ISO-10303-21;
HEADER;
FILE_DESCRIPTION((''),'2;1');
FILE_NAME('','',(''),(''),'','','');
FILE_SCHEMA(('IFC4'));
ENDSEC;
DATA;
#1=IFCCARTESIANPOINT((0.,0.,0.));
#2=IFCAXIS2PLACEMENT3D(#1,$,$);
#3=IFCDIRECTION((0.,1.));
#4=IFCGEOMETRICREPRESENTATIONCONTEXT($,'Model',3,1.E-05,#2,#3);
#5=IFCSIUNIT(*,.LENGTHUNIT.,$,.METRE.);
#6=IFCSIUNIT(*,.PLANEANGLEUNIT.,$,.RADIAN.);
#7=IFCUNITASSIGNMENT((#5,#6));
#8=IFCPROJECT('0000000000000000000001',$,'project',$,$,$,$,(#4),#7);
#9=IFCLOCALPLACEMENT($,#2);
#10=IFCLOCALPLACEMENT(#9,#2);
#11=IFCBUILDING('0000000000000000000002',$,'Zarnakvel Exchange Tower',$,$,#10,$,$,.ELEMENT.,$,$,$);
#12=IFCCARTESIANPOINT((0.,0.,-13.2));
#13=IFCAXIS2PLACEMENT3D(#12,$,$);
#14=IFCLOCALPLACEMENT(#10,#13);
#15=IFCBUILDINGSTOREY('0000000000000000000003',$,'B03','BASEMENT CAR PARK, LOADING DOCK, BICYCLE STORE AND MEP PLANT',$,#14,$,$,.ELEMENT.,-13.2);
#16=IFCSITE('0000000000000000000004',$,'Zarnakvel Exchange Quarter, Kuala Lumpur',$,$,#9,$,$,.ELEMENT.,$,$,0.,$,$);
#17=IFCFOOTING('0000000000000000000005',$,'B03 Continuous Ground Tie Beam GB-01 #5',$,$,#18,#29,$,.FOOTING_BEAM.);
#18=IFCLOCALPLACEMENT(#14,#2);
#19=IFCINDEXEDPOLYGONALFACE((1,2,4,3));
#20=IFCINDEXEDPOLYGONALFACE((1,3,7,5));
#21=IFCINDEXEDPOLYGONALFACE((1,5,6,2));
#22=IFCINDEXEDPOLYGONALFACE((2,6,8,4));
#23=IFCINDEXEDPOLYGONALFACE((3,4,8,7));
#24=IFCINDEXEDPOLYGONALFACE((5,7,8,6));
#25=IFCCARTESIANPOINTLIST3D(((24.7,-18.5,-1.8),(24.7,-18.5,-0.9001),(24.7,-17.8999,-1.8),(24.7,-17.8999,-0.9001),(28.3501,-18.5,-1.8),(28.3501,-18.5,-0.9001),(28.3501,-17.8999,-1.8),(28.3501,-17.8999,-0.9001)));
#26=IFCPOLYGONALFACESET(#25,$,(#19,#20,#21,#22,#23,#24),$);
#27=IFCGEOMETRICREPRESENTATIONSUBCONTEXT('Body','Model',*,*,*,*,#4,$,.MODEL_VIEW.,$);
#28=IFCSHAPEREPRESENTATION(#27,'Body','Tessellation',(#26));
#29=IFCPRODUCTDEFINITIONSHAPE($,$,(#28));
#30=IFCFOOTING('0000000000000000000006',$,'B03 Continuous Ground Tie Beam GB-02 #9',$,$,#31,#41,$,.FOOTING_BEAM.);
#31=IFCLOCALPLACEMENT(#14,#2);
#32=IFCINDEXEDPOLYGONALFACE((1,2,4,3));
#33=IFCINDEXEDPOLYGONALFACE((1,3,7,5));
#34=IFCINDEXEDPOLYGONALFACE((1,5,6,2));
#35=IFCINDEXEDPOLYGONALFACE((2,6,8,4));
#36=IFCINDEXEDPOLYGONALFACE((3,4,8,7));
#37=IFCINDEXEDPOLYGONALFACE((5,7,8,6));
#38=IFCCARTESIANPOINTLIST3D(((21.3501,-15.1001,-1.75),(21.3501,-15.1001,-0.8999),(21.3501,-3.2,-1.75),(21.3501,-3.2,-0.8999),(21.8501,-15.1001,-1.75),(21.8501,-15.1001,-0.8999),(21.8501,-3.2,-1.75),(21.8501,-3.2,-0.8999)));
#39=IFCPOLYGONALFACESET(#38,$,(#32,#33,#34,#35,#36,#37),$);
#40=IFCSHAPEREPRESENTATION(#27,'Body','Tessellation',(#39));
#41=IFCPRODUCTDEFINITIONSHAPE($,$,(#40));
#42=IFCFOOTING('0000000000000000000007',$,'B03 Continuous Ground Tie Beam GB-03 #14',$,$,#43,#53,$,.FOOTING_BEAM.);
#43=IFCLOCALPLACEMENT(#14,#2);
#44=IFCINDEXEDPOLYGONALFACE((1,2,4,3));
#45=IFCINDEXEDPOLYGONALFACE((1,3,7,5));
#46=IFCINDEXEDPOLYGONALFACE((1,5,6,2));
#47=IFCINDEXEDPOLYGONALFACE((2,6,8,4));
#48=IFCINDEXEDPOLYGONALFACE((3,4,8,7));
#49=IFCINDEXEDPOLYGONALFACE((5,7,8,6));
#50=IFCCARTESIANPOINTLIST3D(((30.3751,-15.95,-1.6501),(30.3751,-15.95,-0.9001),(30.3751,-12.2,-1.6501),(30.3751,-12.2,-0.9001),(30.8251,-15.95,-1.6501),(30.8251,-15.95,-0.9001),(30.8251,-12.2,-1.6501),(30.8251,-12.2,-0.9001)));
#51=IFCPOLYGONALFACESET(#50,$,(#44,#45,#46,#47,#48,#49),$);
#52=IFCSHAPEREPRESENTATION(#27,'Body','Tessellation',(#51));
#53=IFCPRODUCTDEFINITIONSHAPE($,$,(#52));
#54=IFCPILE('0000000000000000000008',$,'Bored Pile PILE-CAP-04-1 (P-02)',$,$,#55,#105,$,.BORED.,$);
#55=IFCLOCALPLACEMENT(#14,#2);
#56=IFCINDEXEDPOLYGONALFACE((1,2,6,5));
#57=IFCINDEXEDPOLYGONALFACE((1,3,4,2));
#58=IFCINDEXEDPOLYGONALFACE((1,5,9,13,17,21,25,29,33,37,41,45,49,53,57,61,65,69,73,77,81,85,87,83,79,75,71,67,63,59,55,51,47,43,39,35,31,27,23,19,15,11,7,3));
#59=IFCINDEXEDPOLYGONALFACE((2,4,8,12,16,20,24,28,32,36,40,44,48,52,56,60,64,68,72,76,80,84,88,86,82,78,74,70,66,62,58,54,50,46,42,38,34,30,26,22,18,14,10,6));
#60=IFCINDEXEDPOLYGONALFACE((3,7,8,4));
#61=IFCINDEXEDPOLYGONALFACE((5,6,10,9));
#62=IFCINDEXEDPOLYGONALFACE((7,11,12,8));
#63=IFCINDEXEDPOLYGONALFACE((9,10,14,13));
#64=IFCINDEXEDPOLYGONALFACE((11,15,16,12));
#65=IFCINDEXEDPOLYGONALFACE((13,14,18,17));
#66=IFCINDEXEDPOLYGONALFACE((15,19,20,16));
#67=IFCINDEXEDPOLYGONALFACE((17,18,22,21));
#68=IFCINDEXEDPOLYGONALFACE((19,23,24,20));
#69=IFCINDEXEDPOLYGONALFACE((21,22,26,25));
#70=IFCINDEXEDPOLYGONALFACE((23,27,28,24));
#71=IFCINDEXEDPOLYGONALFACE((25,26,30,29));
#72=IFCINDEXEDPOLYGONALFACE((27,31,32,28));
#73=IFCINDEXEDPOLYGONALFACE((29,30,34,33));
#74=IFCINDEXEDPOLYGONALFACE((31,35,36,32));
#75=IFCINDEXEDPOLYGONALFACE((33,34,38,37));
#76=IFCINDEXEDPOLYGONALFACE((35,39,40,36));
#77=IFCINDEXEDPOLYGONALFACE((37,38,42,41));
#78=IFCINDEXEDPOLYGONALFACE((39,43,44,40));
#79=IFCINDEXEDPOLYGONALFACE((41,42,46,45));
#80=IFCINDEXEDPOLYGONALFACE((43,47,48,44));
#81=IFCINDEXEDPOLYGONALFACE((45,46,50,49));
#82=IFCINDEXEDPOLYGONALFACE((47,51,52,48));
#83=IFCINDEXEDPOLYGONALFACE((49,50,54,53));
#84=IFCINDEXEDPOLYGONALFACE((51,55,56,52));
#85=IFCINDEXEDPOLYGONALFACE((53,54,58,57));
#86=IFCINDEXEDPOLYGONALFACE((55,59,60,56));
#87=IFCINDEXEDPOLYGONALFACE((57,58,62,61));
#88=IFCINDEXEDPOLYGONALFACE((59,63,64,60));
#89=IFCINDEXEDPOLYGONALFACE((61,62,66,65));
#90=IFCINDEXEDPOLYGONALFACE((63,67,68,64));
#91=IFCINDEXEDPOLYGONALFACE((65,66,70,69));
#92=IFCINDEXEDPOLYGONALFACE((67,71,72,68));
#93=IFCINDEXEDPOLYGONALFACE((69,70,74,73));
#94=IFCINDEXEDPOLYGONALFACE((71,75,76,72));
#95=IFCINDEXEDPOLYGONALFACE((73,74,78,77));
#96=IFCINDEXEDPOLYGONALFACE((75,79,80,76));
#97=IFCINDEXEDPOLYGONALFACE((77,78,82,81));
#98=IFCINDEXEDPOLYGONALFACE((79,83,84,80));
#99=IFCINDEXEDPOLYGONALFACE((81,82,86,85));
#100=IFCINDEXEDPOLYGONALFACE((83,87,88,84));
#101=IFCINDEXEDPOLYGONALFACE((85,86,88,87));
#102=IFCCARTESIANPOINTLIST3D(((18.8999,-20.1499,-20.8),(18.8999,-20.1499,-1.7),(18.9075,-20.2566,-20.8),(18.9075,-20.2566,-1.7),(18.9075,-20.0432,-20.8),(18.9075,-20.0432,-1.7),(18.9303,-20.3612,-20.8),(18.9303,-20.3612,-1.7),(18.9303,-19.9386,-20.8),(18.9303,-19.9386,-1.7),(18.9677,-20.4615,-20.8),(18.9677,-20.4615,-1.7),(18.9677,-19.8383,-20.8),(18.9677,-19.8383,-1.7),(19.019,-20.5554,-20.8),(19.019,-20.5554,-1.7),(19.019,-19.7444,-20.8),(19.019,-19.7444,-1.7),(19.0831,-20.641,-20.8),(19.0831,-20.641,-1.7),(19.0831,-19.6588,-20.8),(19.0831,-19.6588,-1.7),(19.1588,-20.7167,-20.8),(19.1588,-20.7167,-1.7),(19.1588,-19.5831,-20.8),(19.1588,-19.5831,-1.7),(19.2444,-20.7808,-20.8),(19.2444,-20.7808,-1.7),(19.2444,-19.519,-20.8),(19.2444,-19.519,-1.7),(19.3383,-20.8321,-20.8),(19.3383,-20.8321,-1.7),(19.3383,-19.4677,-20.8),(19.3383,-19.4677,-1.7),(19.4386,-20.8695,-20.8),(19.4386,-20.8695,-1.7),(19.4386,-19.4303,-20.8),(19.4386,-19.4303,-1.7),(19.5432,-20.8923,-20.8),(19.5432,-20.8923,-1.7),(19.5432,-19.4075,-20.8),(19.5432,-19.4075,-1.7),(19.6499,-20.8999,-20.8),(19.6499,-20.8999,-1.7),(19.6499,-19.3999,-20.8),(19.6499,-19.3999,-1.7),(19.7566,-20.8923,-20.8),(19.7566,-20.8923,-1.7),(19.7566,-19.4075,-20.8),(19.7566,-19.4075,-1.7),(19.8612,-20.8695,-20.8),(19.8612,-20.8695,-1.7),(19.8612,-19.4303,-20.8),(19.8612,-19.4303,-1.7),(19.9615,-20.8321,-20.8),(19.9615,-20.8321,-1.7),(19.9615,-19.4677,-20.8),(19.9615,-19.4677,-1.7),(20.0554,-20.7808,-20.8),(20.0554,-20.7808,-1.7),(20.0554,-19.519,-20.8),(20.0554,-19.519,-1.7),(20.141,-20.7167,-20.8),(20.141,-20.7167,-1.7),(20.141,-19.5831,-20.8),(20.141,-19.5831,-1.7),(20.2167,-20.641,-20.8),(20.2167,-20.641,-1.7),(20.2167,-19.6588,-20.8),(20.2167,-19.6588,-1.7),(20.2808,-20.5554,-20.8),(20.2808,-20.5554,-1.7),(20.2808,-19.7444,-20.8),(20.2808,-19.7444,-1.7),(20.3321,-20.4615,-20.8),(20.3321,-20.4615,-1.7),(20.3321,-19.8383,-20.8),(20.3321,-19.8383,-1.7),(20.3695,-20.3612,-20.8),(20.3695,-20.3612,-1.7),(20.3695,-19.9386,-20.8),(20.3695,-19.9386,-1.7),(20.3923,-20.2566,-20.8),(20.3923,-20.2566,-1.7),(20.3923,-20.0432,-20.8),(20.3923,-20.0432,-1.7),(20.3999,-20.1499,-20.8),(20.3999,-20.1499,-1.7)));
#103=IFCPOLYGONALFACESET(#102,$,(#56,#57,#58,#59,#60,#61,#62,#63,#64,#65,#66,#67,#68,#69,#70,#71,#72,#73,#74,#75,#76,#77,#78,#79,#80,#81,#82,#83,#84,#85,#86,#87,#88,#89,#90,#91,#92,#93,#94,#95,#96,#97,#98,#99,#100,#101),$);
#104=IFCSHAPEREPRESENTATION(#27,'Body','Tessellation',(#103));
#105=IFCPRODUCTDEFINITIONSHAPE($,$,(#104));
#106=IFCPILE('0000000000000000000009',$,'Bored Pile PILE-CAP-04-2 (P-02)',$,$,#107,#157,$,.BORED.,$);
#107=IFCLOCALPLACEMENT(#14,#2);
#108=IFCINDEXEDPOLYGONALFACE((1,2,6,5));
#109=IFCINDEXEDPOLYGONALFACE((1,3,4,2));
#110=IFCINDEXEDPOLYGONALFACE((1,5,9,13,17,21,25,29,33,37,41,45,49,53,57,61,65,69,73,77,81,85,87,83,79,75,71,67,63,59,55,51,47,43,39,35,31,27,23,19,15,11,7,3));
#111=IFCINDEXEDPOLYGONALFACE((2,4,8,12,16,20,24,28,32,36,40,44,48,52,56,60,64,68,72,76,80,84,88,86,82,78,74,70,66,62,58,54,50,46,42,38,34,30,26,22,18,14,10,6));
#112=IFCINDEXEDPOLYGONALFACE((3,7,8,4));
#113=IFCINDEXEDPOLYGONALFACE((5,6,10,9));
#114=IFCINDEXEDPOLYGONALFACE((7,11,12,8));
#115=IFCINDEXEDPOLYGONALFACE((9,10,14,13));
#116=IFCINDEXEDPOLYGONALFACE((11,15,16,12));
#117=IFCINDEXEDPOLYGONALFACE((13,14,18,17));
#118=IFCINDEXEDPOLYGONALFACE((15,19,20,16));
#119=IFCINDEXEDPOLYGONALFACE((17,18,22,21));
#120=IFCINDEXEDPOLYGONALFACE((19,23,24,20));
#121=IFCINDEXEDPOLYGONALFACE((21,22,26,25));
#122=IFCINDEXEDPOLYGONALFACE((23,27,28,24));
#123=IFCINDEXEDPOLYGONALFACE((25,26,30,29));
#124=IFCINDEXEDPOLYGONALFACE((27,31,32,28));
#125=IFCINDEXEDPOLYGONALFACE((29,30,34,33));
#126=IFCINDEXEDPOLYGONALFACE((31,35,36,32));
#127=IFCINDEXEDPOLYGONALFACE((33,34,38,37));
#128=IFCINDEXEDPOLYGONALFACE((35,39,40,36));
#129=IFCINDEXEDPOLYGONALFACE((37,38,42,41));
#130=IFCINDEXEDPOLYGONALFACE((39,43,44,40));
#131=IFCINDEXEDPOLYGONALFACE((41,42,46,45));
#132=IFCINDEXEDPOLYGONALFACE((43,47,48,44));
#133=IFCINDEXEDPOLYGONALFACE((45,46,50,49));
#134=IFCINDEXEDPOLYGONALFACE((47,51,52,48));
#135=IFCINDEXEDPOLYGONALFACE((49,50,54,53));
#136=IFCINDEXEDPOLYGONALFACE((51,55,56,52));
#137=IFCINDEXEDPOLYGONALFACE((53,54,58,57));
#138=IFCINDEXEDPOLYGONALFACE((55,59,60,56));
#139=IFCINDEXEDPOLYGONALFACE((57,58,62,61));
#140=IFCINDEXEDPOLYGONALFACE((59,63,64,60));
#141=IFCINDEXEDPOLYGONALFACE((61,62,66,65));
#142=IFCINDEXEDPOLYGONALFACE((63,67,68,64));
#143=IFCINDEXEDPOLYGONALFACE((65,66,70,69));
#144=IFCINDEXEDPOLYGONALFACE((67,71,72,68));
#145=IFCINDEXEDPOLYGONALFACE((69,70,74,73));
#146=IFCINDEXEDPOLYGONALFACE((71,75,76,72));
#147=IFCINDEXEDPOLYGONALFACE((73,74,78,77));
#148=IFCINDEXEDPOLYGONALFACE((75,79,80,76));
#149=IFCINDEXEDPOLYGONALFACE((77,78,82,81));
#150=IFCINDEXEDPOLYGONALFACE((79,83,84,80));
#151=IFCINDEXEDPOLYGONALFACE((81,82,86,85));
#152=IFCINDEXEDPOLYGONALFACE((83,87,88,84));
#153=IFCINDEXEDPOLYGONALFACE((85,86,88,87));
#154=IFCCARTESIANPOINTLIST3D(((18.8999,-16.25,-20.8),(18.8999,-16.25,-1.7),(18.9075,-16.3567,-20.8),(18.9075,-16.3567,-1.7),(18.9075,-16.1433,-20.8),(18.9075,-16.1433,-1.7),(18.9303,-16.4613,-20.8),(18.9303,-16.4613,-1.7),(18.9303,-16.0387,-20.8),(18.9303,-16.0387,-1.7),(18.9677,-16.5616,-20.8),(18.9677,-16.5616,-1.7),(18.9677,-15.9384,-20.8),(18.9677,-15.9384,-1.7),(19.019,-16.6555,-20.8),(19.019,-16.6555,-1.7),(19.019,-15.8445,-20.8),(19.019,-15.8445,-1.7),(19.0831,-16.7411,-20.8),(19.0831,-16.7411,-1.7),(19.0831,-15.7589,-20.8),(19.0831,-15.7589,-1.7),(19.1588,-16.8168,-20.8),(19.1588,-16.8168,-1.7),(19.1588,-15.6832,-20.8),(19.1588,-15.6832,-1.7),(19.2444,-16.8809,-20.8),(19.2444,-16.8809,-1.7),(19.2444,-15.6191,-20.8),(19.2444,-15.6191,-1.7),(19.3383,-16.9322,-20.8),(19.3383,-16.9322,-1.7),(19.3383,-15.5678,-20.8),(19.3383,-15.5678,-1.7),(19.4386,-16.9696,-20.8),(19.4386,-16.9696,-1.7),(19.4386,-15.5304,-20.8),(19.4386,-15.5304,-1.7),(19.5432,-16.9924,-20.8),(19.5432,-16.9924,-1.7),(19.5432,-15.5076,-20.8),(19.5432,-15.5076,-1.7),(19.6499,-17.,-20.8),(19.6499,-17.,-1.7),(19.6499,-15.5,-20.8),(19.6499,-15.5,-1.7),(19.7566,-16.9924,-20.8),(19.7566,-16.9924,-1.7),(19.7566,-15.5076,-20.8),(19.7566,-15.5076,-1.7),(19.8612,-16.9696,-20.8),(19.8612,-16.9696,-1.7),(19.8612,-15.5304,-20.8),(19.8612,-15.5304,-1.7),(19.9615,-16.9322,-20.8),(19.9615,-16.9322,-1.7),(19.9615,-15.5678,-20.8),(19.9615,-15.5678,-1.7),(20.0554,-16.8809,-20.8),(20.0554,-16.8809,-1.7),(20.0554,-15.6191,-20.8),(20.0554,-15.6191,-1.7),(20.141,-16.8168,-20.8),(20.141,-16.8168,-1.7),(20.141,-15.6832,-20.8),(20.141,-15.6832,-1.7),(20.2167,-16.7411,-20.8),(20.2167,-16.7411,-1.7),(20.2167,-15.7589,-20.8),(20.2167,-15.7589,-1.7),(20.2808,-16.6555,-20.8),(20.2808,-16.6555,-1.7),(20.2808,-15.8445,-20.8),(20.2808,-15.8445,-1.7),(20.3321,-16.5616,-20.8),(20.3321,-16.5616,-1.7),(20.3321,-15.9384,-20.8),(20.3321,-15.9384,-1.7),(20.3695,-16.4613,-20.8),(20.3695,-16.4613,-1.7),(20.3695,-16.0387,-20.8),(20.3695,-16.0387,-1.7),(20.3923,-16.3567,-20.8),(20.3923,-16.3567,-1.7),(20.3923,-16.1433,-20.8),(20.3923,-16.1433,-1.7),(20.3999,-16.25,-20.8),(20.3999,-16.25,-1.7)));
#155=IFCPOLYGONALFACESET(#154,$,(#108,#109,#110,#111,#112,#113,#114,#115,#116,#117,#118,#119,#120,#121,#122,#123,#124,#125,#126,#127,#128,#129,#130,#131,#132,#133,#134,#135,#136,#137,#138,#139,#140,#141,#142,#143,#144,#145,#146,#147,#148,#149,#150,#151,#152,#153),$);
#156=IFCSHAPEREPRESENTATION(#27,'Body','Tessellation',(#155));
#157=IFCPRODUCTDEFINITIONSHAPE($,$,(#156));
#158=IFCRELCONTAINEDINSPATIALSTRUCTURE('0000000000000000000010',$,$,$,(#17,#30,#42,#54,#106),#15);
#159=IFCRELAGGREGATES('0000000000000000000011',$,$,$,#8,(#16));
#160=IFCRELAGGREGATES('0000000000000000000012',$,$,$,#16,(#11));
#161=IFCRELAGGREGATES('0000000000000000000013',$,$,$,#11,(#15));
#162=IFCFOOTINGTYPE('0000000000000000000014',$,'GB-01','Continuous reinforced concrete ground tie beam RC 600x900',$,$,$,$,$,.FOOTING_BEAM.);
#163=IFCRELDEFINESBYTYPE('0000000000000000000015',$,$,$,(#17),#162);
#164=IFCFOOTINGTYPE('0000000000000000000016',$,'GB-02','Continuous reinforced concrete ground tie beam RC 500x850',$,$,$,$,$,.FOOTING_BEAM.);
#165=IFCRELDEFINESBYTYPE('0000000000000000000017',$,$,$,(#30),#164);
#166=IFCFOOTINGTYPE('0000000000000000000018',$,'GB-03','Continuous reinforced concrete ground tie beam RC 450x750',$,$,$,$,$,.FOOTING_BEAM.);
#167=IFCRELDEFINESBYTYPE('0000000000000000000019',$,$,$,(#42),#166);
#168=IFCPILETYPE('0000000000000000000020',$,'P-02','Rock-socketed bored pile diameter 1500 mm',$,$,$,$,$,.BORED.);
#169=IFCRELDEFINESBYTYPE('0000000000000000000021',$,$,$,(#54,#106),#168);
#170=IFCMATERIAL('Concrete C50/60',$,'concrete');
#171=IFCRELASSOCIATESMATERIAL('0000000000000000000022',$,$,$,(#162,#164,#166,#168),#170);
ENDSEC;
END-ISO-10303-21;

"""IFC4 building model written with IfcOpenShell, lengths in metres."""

from ifc_helpers import new_model, si_unit, direction, frame, origin, origin_2d, place, context, subcontext, project, spatial, rectangle, circle, extrude, material, material_profile, profile_set, type_object, element, save


model = new_model("IFC4")

# Units and contexts
model_context = context("Model", 3, precision=1e-05, world=origin(), true_north=direction((0.0, 1.0)))
body_context = subcontext(model_context, "Body", "Model", "MODEL_VIEW")
ifc_project = project(units=[si_unit("LENGTHUNIT", "METRE"), si_unit("PLANEANGLEUNIT", "RADIAN")], contexts=[model_context])

# Site, building, storey
site_placement = place(None, origin())
site = spatial("IfcSite", under=ifc_project, at=site_placement, Name="Zarnakvel Exchange Quarter, Kuala Lumpur", CompositionType="ELEMENT", RefElevation=0.0)
building_placement = place(site_placement, origin())
building = spatial("IfcBuilding", under=site, at=building_placement, Name="Zarnakvel Exchange Tower", CompositionType="ELEMENT")
storey_placement = place(building_placement, frame((0.0, 0.0, -13.2)))
storey = spatial("IfcBuildingStorey", under=building, at=storey_placement, Name="B03", Description="BASEMENT CAR PARK, LOADING DOCK, BICYCLE STORE AND MEP PLANT", CompositionType="ELEMENT", Elevation=-13.2)

# Footings
ifc_material_1 = material(Name="Concrete C50/60", Category="concrete")
ifc_material_profile_1 = material_profile(ifc_material_1, rectangle(XDim=0.6001, YDim=0.8999, at=origin_2d()))
ifc_profile_set_1 = profile_set([ifc_material_profile_1], Name="Concrete C50/60")
footing_type_1 = type_object("IfcFootingType", Name="GB-01", Description="Continuous reinforced concrete ground tie beam RC 600x900", PredefinedType="FOOTING_BEAM", material=ifc_profile_set_1)
footing_1_placement = place(storey_placement, frame((24.7, -18.2, -1.3501), z_axis=(1.0, 0.0, 0.0), x_axis=(0.0, 1.0, 0.0)))
element("IfcFooting", 1, at=footing_1_placement, inside=storey, type_object=footing_type_1, Name="B03 Continuous Ground Tie Beam GB-01 #5", PredefinedType="FOOTING_BEAM", context=body_context, shape_type="SweptSolid", body=[
    extrude(rectangle(XDim=0.6001, YDim=0.8999, at=origin_2d()), origin(), (0.0, 0.0, 1.0), 3.6501),
])
ifc_material_profile_2 = material_profile(ifc_material_1, rectangle(XDim=0.5, YDim=0.8501, at=origin_2d()))
ifc_profile_set_2 = profile_set([ifc_material_profile_2], Name="Concrete C50/60")
footing_type_2 = type_object("IfcFootingType", Name="GB-02", Description="Continuous reinforced concrete ground tie beam RC 500x850", PredefinedType="FOOTING_BEAM", material=ifc_profile_set_2)
footing_2_placement = place(storey_placement, frame((21.6001, -15.1001, -1.325), z_axis=(0.0, 1.0, 0.0), x_axis=(-1.0, 0.0, 0.0)))
element("IfcFooting", 2, at=footing_2_placement, inside=storey, type_object=footing_type_2, Name="B03 Continuous Ground Tie Beam GB-02 #9", PredefinedType="FOOTING_BEAM", context=body_context, shape_type="SweptSolid", body=[
    extrude(rectangle(XDim=0.5, YDim=0.8501, at=origin_2d()), origin(), (0.0, 0.0, 1.0), 11.9001),
])
ifc_material_profile_3 = material_profile(ifc_material_1, rectangle(XDim=0.45, YDim=0.75, at=origin_2d()))
ifc_profile_set_3 = profile_set([ifc_material_profile_3], Name="Concrete C50/60")
footing_type_3 = type_object("IfcFootingType", Name="GB-03", Description="Continuous reinforced concrete ground tie beam RC 450x750", PredefinedType="FOOTING_BEAM", material=ifc_profile_set_3)
footing_3_placement = place(storey_placement, frame((30.6001, -15.95, -1.2751), z_axis=(0.0, 1.0, 0.0), x_axis=(-1.0, 0.0, 0.0)))
element("IfcFooting", 3, at=footing_3_placement, inside=storey, type_object=footing_type_3, Name="B03 Continuous Ground Tie Beam GB-03 #14", PredefinedType="FOOTING_BEAM", context=body_context, shape_type="SweptSolid", body=[
    extrude(rectangle(XDim=0.45, YDim=0.75, at=origin_2d()), origin(), (0.0, 0.0, 1.0), 3.75),
])

# Piles
ifc_material_profile_4 = material_profile(ifc_material_1, circle(Radius=0.75, at=origin_2d()))
ifc_profile_set_4 = profile_set([ifc_material_profile_4], Name="Concrete C50/60")
pile_type_1 = type_object("IfcPileType", Name="P-02", Description="Rock-socketed bored pile diameter 1500 mm", PredefinedType="BORED", material=ifc_profile_set_4)
for number, where, z_axis, x_axis, name in (
    (4, (19.6499, -20.1499, -1.7), (0.0, 0.0, -1.0), (1.0, 0.0, 0.0), "Bored Pile PILE-CAP-04-1 (P-02)"),
    (5, (19.6499, -16.25, -1.7), (0.0, 0.0, -1.0), (1.0, 0.0, 0.0), "Bored Pile PILE-CAP-04-2 (P-02)"),
):
    element("IfcPile", number, at=place(storey_placement, frame(where, z_axis=z_axis, x_axis=x_axis)), inside=storey, type_object=pile_type_1, Name=name, PredefinedType="BORED", context=body_context, shape_type="SweptSolid", body=[
        extrude(circle(Radius=0.75, at=origin_2d()), origin(), (0.0, 0.0, 1.0), 19.1001),
    ])

save(model, "model.ifc")
